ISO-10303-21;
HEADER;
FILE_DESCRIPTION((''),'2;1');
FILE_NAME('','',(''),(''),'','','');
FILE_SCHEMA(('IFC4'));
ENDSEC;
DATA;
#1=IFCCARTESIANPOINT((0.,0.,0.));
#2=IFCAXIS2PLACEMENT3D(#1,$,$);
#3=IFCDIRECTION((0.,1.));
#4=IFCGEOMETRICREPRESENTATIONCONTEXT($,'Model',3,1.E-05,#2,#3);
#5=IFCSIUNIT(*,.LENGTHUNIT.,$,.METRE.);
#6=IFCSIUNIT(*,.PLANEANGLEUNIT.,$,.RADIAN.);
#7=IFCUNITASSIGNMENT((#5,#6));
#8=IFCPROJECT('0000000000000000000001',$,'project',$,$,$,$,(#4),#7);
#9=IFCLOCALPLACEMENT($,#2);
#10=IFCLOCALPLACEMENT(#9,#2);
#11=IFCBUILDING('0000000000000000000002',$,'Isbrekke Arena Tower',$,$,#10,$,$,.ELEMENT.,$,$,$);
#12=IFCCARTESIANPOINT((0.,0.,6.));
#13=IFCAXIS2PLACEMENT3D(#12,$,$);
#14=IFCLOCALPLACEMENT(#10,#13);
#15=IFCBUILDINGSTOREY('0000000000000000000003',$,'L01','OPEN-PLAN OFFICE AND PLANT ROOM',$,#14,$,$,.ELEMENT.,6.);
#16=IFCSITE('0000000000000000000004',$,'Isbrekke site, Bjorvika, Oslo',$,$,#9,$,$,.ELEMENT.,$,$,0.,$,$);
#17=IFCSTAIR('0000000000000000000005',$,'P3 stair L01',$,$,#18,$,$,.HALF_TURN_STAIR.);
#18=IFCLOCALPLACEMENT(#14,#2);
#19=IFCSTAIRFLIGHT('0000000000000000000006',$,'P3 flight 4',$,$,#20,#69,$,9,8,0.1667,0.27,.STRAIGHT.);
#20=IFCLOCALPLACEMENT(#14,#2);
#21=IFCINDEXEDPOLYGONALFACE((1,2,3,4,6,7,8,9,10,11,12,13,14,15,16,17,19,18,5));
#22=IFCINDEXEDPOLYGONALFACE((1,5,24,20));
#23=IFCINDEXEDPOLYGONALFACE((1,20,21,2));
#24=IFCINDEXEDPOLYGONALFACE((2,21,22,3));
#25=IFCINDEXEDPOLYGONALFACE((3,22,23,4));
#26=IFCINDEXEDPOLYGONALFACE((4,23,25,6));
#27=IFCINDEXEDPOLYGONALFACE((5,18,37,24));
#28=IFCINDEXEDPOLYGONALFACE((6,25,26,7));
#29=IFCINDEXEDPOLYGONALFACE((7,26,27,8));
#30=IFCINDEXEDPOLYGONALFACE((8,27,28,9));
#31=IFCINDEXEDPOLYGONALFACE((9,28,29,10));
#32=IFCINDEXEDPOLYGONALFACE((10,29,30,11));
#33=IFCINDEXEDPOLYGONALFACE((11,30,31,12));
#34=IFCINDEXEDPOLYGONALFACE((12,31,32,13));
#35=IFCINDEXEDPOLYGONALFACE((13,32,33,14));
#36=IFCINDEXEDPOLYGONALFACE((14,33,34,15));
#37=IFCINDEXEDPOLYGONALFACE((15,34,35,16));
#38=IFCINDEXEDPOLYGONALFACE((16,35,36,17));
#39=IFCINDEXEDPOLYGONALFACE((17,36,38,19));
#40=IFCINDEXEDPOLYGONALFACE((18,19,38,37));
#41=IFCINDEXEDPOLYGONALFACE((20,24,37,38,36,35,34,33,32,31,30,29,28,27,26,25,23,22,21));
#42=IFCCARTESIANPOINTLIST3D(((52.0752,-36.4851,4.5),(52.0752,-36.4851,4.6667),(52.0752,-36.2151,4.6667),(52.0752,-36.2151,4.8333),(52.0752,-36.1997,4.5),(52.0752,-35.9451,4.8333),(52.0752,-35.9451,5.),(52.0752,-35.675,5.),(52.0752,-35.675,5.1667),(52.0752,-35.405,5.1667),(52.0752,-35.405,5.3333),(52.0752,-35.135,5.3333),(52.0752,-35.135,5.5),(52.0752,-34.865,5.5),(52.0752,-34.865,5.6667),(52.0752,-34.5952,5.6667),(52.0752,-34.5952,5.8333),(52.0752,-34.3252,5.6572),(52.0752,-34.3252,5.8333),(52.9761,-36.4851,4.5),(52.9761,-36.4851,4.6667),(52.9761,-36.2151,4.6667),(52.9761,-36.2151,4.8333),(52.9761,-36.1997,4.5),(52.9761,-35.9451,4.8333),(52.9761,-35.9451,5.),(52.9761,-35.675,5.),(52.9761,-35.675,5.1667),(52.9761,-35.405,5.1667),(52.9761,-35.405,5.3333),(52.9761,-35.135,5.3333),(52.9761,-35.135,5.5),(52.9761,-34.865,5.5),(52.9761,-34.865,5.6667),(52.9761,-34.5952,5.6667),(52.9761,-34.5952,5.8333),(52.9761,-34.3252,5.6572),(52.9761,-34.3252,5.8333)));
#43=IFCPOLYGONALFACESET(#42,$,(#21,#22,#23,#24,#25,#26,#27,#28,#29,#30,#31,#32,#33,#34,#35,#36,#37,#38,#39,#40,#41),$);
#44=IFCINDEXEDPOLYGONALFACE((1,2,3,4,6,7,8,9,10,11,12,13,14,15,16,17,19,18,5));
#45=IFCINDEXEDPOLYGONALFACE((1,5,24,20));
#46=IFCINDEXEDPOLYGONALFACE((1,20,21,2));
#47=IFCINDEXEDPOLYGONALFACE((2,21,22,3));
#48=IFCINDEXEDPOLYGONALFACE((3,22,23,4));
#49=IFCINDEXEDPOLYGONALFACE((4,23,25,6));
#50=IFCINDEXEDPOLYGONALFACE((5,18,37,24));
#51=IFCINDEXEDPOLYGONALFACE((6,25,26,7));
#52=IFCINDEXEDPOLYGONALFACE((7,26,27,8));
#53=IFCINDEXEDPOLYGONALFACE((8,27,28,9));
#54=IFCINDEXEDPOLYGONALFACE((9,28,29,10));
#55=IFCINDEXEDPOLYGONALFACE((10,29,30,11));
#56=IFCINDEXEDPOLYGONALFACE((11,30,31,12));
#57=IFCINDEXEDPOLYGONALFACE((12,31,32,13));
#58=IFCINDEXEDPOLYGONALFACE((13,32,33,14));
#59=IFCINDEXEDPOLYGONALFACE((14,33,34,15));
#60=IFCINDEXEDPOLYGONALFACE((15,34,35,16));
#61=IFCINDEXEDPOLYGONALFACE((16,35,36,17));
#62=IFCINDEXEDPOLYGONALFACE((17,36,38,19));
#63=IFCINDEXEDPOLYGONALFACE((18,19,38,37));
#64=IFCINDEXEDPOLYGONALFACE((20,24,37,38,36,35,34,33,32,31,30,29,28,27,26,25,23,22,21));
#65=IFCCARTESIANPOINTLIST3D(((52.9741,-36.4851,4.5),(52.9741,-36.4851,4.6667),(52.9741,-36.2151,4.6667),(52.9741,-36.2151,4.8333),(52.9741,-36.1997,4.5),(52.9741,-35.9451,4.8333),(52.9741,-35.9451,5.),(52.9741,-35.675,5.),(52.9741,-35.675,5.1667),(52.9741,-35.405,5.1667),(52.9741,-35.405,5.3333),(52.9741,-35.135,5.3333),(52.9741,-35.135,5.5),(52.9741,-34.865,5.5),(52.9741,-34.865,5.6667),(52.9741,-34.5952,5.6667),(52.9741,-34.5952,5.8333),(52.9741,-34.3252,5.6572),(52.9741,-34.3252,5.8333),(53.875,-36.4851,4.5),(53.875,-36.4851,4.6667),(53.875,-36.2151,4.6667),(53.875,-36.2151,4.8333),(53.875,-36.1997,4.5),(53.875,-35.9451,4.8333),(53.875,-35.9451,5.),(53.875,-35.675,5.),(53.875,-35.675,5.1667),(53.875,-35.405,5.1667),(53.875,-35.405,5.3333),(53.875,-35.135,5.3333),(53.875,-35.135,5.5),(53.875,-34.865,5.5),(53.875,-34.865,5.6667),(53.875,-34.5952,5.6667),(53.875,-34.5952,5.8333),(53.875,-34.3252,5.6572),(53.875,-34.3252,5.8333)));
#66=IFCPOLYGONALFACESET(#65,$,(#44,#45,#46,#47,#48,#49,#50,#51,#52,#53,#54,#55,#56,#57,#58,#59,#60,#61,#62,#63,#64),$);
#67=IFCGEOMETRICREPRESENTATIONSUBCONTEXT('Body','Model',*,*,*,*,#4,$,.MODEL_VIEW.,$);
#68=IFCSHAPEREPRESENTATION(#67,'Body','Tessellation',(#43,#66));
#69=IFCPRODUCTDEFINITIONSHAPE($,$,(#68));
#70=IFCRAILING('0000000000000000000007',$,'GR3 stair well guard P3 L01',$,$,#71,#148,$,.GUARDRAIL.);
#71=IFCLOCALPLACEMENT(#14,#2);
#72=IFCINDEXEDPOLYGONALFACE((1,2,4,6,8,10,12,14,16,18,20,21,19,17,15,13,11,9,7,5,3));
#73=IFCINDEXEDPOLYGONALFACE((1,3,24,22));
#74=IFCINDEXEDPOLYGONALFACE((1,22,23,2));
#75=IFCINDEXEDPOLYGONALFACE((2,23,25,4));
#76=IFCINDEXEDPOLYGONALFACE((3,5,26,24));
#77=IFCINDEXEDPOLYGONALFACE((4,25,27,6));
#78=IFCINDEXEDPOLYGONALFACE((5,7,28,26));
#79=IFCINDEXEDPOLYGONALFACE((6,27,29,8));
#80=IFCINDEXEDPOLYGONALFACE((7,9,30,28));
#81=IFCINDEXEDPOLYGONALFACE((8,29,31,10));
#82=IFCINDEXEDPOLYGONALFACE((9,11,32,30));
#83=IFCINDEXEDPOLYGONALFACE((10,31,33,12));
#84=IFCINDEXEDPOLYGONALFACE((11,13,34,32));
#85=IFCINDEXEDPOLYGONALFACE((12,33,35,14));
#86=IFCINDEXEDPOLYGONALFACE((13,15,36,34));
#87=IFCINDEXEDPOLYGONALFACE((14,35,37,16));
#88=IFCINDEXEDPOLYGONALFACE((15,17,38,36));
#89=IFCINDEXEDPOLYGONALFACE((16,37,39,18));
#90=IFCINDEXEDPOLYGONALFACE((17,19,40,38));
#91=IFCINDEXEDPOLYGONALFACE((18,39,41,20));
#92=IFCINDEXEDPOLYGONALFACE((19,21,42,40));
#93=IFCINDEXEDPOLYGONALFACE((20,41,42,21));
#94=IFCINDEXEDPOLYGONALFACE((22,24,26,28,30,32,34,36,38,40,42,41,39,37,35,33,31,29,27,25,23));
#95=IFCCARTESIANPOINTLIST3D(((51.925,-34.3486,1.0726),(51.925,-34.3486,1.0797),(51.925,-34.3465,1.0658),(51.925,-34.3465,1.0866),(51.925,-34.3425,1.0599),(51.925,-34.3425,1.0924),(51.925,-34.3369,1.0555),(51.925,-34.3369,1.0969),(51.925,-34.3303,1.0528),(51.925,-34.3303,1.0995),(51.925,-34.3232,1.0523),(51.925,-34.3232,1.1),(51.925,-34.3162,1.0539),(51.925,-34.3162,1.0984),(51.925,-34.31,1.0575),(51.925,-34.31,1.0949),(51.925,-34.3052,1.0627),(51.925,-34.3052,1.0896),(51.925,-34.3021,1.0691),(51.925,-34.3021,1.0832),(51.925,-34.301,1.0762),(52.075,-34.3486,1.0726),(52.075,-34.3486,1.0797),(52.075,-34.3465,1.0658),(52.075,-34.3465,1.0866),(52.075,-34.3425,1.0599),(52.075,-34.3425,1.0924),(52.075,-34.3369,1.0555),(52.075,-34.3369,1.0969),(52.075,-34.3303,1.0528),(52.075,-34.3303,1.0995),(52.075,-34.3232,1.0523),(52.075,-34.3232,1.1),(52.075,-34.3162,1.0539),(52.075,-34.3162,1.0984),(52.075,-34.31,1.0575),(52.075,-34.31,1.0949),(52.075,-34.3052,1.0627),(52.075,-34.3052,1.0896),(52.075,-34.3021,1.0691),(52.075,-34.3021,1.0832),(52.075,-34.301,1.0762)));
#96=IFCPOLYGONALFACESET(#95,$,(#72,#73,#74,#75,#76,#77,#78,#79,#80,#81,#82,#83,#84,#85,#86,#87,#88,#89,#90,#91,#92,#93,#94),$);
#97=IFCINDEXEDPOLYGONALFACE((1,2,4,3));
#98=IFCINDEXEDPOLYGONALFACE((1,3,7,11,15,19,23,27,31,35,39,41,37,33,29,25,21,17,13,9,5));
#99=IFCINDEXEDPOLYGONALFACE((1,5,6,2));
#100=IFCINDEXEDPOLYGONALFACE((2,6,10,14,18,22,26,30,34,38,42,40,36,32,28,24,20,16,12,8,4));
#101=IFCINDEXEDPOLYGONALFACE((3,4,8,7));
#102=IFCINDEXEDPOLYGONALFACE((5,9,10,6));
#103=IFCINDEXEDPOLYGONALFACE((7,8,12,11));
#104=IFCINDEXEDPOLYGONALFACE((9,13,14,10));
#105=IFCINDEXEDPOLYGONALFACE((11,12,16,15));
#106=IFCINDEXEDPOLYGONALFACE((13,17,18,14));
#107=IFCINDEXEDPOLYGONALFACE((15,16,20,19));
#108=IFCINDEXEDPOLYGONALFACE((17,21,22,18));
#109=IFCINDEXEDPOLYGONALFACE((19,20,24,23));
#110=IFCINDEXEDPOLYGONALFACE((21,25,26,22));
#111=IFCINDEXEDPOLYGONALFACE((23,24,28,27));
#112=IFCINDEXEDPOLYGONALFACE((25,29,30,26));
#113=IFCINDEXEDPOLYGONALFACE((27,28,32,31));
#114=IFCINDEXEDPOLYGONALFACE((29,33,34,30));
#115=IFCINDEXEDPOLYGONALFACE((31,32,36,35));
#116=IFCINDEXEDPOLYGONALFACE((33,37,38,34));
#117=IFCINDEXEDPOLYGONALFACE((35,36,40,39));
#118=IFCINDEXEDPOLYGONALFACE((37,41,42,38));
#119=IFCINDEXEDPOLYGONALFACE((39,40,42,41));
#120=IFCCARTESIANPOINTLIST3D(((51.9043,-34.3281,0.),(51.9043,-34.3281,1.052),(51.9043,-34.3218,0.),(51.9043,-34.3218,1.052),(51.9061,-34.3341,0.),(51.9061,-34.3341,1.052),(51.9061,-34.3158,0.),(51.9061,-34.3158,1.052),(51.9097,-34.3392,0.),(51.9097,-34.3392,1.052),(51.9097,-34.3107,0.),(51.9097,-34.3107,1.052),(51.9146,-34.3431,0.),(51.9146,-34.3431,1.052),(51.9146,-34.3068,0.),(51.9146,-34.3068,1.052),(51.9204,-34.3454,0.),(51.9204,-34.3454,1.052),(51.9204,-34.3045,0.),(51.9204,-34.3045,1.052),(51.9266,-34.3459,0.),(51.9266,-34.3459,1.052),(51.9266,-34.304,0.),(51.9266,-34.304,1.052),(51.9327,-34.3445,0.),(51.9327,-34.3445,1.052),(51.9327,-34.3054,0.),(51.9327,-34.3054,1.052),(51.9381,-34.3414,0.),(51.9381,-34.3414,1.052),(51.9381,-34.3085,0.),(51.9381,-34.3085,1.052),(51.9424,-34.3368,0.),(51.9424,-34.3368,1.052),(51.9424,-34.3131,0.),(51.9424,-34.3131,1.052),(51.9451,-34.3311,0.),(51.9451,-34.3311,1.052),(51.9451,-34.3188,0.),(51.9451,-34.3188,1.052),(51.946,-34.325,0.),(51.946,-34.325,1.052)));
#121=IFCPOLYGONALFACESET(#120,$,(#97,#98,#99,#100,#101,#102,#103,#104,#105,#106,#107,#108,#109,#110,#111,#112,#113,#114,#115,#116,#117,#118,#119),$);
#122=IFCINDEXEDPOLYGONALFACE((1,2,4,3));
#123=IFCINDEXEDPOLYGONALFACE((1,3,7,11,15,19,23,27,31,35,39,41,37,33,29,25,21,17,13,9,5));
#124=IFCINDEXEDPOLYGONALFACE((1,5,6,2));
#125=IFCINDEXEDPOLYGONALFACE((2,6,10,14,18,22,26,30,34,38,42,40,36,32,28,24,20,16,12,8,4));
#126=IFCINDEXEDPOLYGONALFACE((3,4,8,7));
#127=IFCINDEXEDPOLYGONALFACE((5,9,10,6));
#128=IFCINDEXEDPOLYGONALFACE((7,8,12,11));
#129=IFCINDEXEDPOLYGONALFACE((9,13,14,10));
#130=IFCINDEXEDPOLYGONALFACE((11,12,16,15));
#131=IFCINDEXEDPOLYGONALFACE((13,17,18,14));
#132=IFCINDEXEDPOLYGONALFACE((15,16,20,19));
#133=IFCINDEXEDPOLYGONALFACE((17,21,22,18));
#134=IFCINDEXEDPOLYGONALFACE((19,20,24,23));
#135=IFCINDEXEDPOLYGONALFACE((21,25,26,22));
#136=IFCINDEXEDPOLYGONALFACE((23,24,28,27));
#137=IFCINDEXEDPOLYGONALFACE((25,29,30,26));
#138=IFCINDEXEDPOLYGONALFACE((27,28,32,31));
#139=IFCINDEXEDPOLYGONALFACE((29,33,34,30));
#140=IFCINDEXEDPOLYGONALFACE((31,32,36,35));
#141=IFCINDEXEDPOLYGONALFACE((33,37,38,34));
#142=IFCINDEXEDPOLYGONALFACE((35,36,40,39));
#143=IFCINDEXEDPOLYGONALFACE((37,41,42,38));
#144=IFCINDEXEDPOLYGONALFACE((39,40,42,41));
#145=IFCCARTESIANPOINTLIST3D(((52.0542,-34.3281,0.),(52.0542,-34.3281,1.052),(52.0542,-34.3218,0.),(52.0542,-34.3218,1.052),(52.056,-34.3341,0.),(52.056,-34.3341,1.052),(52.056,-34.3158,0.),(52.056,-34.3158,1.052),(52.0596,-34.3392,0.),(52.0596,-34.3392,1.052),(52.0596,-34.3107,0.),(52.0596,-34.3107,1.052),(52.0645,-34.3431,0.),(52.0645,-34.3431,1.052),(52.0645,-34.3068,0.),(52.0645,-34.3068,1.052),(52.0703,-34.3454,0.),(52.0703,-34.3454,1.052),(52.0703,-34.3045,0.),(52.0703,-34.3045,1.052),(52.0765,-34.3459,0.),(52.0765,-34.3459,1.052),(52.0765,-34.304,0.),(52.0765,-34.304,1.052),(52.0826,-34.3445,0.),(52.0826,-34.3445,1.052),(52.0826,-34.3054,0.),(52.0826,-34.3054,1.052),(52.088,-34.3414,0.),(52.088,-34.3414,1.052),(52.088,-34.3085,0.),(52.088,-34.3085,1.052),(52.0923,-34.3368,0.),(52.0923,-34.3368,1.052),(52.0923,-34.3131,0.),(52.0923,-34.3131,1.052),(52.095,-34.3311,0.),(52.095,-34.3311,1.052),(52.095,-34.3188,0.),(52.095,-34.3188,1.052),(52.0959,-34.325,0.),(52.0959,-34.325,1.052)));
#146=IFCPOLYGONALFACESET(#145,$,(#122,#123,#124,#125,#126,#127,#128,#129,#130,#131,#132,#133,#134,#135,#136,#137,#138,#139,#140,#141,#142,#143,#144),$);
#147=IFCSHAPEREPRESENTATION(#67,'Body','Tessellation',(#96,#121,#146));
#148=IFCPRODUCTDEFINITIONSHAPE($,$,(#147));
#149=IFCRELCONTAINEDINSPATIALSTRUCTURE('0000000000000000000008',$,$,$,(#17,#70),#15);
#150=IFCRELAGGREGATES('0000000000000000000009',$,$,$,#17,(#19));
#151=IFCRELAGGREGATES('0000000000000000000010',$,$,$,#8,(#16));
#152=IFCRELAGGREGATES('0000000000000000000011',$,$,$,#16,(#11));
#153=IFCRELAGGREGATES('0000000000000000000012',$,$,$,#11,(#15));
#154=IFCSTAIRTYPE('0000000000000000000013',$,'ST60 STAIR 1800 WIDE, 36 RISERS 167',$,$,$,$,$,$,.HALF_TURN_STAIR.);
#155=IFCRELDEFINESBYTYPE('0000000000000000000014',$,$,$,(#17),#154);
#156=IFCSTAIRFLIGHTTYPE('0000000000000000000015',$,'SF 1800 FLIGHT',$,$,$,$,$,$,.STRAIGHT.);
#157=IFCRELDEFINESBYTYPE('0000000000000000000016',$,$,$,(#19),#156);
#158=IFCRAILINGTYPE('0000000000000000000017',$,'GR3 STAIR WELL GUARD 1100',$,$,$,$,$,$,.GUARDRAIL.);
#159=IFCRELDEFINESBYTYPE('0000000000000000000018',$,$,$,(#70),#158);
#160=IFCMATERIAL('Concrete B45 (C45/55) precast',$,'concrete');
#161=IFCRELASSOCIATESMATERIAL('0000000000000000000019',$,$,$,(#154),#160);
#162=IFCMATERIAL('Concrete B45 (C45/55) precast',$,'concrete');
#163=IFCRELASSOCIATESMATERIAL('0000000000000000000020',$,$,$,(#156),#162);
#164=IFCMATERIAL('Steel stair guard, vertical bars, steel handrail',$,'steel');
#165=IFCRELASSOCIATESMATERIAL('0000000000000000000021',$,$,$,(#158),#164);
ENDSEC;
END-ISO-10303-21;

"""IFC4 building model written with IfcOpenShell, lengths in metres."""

from ifc_helpers import new_model, si_unit, direction, frame, origin, origin_2d, place, context, subcontext, project, spatial, polyline, circle, outline, extrude, material, type_object, element, aggregate, save


model = new_model("IFC4")

# Units and contexts
model_context = context("Model", 3, precision=1e-05, world=origin(), true_north=direction((0.0, 1.0)))
body_context = subcontext(model_context, "Body", "Model", "MODEL_VIEW")
ifc_project = project(units=[si_unit("LENGTHUNIT", "METRE"), si_unit("PLANEANGLEUNIT", "RADIAN")], contexts=[model_context])

# Site, building, storey
site_placement = place(None, origin())
site = spatial("IfcSite", under=ifc_project, at=site_placement, Name="Isbrekke site, Bjorvika, Oslo", CompositionType="ELEMENT", RefElevation=0.0)
building_placement = place(site_placement, origin())
building = spatial("IfcBuilding", under=site, at=building_placement, Name="Isbrekke Arena Tower", CompositionType="ELEMENT")
storey_placement = place(building_placement, frame((0.0, 0.0, 6.0)))
storey = spatial("IfcBuildingStorey", under=building, at=storey_placement, Name="L01", Description="OPEN-PLAN OFFICE AND PLANT ROOM", CompositionType="ELEMENT", Elevation=6.0)

# Stair, stair flight
ifc_material_1 = material(Name="Concrete B45 (C45/55) precast", Category="concrete")
stair_type = type_object("IfcStairType", Name="ST60 STAIR 1800 WIDE, 36 RISERS 167", PredefinedType="HALF_TURN_STAIR", material=ifc_material_1)
stair_placement = place(storey_placement, origin())
stair = element("IfcStair", 1, at=stair_placement, inside=storey, type_object=stair_type, Name="P3 stair L01", PredefinedType="HALF_TURN_STAIR")
ifc_material_2 = material(Name="Concrete B45 (C45/55) precast", Category="concrete")
stair_flight_type = type_object("IfcStairFlightType", Name="SF 1800 FLIGHT", PredefinedType="STRAIGHT", material=ifc_material_2)
stair_flight_1_placement = place(storey_placement, frame((52.9751, -36.4851, 4.5), z_axis=(0.0, 0.0, 1.0), x_axis=(0.0, 1.0, 0.0)))
stair_flight_1 = element("IfcStairFlight", 2, at=stair_flight_1_placement, type_object=stair_flight_type, Name="P3 flight 4", NumberOfRisers=9, NumberOfTreads=8, PredefinedType="STRAIGHT", RiserHeight=0.1667, TreadLength=0.27, context=body_context, shape_type="SweptSolid", body=[
    extrude(outline(polyline([(0.0, 0.0), (0.0, 0.1667), (0.27, 0.1667), (0.27, 0.3333), (0.54, 0.3333), (0.54, 0.5), (0.8101, 0.5), (0.8101, 0.6667), (1.0801, 0.6667), (1.0801, 0.8333), (1.3501, 0.8333), (1.3501, 1.0), (1.6201, 1.0), (1.6201, 1.1667), (1.8899, 1.1667), (1.8899, 1.3333), (2.1599, 1.3333), (2.1599, 1.5), (2.1599, 1.1572), (0.2854, 0.0), (0.0, 0.0)])), frame((0.0, 0.8999, 0.0), z_axis=(0.0, -1.0, 0.0), x_axis=(1.0, 0.0, 0.0)), (0.0, 0.0, 1.0), 0.9009),
    extrude(outline(polyline([(0.0, 0.0), (0.0, 0.1667), (0.27, 0.1667), (0.27, 0.3333), (0.54, 0.3333), (0.54, 0.5), (0.8101, 0.5), (0.8101, 0.6667), (1.0801, 0.6667), (1.0801, 0.8333), (1.3501, 0.8333), (1.3501, 1.0), (1.6201, 1.0), (1.6201, 1.1667), (1.8899, 1.1667), (1.8899, 1.3333), (2.1599, 1.3333), (2.1599, 1.5), (2.1599, 1.1572), (0.2854, 0.0), (0.0, 0.0)])), frame((0.0, 0.001, 0.0), z_axis=(0.0, -1.0, 0.0), x_axis=(1.0, 0.0, 0.0)), (0.0, 0.0, 1.0), 0.9009),
])
aggregate(stair, [stair_flight_1])

# Railing
ifc_material_3 = material(Name="Steel stair guard, vertical bars, steel handrail", Category="steel")
railing_type = type_object("IfcRailingType", Name="GR3 STAIR WELL GUARD 1100", PredefinedType="GUARDRAIL", material=ifc_material_3)
for number, where, name in (
    (3, (51.925, -34.325, 0.0), "GR3 stair well guard P3 L01"),
):
    element("IfcRailing", number, at=place(storey_placement, frame(where)), inside=storey, type_object=railing_type, Name=name, PredefinedType="GUARDRAIL", context=body_context, shape_type="SweptSolid", body=[
        extrude(circle(Radius=0.0239, at=origin_2d()), frame((0.0, 0.0, 1.0762), z_axis=(1.0, 0.0, 0.0), x_axis=(0.0, 1.0, 0.0)), (0.0, 0.0, 1.0), 0.1499),
        extrude(circle(Radius=0.021, at=origin_2d()), origin(), (0.0, 0.0, 1.0), 1.052),
        extrude(circle(Radius=0.021, at=origin_2d()), frame((0.1499, 0.0, 0.0)), (0.0, 0.0, 1.0), 1.052),
    ])

save(model, "model.ifc")
